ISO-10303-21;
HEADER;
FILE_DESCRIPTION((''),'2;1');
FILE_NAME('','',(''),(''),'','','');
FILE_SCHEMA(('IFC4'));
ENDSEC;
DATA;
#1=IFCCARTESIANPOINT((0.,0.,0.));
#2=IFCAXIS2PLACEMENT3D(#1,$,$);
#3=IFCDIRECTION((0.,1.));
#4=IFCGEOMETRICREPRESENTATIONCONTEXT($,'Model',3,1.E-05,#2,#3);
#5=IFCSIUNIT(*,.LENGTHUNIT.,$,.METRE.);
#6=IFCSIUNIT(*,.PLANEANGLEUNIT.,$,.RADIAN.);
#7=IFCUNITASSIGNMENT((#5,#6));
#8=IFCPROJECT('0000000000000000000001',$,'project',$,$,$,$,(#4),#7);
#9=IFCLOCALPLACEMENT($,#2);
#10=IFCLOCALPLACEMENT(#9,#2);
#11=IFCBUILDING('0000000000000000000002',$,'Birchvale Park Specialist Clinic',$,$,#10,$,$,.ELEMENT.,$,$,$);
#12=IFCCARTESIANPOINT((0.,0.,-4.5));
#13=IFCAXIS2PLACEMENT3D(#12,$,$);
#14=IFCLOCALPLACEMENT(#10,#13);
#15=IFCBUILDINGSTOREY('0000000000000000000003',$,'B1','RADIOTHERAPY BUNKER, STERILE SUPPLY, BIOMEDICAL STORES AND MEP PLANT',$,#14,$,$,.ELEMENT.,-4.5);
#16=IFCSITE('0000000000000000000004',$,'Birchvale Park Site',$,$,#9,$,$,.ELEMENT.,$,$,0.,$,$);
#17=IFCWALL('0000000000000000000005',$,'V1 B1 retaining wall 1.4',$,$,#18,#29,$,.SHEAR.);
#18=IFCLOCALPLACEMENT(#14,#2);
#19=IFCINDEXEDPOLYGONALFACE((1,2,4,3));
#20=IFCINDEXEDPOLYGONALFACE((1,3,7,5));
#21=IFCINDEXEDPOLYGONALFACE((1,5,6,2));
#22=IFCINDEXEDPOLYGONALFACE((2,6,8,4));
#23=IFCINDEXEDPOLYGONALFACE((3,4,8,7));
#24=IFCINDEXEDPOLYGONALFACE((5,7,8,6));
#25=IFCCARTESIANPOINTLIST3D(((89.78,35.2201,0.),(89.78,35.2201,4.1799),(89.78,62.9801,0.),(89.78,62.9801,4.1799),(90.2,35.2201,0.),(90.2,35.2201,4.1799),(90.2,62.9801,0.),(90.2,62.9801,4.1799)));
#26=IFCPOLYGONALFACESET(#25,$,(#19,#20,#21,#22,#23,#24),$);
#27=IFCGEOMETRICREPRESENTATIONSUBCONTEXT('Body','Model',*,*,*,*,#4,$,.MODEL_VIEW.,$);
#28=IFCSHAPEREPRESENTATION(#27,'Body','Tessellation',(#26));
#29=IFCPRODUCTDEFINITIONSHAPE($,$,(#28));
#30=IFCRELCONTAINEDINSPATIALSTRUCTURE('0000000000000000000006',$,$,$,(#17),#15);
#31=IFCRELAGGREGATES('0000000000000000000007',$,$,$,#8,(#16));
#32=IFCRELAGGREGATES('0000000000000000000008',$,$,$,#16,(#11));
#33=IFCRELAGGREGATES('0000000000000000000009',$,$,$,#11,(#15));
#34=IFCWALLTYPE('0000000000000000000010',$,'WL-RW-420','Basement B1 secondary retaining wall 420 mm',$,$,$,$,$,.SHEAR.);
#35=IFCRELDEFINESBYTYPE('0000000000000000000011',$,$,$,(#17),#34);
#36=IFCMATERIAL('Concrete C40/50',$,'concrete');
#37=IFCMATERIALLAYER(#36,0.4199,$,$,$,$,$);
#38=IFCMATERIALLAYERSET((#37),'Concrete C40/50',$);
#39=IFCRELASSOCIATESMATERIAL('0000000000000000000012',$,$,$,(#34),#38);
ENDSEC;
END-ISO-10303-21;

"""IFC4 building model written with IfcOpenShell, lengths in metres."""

from ifc_helpers import new_model, si_unit, direction, frame, frame_2d, origin, place, context, subcontext, project, spatial, rectangle, extrude, material, layer, layer_set, type_object, element, save


model = new_model("IFC4")

# Units and contexts
model_context = context("Model", 3, precision=1e-05, world=origin(), true_north=direction((0.0, 1.0)))
body_context = subcontext(model_context, "Body", "Model", "MODEL_VIEW")
ifc_project = project(units=[si_unit("LENGTHUNIT", "METRE"), si_unit("PLANEANGLEUNIT", "RADIAN")], contexts=[model_context])

# Site, building, storey
site_placement = place(None, origin())
site = spatial("IfcSite", under=ifc_project, at=site_placement, Name="Birchvale Park Site", CompositionType="ELEMENT", RefElevation=0.0)
building_placement = place(site_placement, origin())
building = spatial("IfcBuilding", under=site, at=building_placement, Name="Birchvale Park Specialist Clinic", CompositionType="ELEMENT")
storey_placement = place(building_placement, frame((0.0, 0.0, -4.5)))
storey = spatial("IfcBuildingStorey", under=building, at=storey_placement, Name="B1", Description="RADIOTHERAPY BUNKER, STERILE SUPPLY, BIOMEDICAL STORES AND MEP PLANT", CompositionType="ELEMENT", Elevation=-4.5)

# Shared definitions
ifc_material = material(Name="Concrete C40/50", Category="concrete")

# Wall
ifc_layer = layer(ifc_material, 0.4199)
ifc_layer_set = layer_set([ifc_layer], Name="Concrete C40/50")
wall_type = type_object("IfcWallType", Name="WL-RW-420", Description="Basement B1 secondary retaining wall 420 mm", PredefinedType="SHEAR", material=ifc_layer_set)
wall_1_placement = place(storey_placement, frame((89.99, 62.98, 0.0), z_axis=(0.0, 0.0, 1.0), x_axis=(0.0, -1.0, 0.0)))
element("IfcWall", 1, at=wall_1_placement, inside=storey, type_object=wall_type, Name="V1 B1 retaining wall 1.4", PredefinedType="SHEAR", context=body_context, shape_type="SweptSolid", body=[
    extrude(rectangle(XDim=27.76, YDim=0.4199, at=frame_2d((13.8799, 0.0))), origin(), (0.0, 0.0, 1.0), 4.1799),
])

save(model, "model.ifc")
